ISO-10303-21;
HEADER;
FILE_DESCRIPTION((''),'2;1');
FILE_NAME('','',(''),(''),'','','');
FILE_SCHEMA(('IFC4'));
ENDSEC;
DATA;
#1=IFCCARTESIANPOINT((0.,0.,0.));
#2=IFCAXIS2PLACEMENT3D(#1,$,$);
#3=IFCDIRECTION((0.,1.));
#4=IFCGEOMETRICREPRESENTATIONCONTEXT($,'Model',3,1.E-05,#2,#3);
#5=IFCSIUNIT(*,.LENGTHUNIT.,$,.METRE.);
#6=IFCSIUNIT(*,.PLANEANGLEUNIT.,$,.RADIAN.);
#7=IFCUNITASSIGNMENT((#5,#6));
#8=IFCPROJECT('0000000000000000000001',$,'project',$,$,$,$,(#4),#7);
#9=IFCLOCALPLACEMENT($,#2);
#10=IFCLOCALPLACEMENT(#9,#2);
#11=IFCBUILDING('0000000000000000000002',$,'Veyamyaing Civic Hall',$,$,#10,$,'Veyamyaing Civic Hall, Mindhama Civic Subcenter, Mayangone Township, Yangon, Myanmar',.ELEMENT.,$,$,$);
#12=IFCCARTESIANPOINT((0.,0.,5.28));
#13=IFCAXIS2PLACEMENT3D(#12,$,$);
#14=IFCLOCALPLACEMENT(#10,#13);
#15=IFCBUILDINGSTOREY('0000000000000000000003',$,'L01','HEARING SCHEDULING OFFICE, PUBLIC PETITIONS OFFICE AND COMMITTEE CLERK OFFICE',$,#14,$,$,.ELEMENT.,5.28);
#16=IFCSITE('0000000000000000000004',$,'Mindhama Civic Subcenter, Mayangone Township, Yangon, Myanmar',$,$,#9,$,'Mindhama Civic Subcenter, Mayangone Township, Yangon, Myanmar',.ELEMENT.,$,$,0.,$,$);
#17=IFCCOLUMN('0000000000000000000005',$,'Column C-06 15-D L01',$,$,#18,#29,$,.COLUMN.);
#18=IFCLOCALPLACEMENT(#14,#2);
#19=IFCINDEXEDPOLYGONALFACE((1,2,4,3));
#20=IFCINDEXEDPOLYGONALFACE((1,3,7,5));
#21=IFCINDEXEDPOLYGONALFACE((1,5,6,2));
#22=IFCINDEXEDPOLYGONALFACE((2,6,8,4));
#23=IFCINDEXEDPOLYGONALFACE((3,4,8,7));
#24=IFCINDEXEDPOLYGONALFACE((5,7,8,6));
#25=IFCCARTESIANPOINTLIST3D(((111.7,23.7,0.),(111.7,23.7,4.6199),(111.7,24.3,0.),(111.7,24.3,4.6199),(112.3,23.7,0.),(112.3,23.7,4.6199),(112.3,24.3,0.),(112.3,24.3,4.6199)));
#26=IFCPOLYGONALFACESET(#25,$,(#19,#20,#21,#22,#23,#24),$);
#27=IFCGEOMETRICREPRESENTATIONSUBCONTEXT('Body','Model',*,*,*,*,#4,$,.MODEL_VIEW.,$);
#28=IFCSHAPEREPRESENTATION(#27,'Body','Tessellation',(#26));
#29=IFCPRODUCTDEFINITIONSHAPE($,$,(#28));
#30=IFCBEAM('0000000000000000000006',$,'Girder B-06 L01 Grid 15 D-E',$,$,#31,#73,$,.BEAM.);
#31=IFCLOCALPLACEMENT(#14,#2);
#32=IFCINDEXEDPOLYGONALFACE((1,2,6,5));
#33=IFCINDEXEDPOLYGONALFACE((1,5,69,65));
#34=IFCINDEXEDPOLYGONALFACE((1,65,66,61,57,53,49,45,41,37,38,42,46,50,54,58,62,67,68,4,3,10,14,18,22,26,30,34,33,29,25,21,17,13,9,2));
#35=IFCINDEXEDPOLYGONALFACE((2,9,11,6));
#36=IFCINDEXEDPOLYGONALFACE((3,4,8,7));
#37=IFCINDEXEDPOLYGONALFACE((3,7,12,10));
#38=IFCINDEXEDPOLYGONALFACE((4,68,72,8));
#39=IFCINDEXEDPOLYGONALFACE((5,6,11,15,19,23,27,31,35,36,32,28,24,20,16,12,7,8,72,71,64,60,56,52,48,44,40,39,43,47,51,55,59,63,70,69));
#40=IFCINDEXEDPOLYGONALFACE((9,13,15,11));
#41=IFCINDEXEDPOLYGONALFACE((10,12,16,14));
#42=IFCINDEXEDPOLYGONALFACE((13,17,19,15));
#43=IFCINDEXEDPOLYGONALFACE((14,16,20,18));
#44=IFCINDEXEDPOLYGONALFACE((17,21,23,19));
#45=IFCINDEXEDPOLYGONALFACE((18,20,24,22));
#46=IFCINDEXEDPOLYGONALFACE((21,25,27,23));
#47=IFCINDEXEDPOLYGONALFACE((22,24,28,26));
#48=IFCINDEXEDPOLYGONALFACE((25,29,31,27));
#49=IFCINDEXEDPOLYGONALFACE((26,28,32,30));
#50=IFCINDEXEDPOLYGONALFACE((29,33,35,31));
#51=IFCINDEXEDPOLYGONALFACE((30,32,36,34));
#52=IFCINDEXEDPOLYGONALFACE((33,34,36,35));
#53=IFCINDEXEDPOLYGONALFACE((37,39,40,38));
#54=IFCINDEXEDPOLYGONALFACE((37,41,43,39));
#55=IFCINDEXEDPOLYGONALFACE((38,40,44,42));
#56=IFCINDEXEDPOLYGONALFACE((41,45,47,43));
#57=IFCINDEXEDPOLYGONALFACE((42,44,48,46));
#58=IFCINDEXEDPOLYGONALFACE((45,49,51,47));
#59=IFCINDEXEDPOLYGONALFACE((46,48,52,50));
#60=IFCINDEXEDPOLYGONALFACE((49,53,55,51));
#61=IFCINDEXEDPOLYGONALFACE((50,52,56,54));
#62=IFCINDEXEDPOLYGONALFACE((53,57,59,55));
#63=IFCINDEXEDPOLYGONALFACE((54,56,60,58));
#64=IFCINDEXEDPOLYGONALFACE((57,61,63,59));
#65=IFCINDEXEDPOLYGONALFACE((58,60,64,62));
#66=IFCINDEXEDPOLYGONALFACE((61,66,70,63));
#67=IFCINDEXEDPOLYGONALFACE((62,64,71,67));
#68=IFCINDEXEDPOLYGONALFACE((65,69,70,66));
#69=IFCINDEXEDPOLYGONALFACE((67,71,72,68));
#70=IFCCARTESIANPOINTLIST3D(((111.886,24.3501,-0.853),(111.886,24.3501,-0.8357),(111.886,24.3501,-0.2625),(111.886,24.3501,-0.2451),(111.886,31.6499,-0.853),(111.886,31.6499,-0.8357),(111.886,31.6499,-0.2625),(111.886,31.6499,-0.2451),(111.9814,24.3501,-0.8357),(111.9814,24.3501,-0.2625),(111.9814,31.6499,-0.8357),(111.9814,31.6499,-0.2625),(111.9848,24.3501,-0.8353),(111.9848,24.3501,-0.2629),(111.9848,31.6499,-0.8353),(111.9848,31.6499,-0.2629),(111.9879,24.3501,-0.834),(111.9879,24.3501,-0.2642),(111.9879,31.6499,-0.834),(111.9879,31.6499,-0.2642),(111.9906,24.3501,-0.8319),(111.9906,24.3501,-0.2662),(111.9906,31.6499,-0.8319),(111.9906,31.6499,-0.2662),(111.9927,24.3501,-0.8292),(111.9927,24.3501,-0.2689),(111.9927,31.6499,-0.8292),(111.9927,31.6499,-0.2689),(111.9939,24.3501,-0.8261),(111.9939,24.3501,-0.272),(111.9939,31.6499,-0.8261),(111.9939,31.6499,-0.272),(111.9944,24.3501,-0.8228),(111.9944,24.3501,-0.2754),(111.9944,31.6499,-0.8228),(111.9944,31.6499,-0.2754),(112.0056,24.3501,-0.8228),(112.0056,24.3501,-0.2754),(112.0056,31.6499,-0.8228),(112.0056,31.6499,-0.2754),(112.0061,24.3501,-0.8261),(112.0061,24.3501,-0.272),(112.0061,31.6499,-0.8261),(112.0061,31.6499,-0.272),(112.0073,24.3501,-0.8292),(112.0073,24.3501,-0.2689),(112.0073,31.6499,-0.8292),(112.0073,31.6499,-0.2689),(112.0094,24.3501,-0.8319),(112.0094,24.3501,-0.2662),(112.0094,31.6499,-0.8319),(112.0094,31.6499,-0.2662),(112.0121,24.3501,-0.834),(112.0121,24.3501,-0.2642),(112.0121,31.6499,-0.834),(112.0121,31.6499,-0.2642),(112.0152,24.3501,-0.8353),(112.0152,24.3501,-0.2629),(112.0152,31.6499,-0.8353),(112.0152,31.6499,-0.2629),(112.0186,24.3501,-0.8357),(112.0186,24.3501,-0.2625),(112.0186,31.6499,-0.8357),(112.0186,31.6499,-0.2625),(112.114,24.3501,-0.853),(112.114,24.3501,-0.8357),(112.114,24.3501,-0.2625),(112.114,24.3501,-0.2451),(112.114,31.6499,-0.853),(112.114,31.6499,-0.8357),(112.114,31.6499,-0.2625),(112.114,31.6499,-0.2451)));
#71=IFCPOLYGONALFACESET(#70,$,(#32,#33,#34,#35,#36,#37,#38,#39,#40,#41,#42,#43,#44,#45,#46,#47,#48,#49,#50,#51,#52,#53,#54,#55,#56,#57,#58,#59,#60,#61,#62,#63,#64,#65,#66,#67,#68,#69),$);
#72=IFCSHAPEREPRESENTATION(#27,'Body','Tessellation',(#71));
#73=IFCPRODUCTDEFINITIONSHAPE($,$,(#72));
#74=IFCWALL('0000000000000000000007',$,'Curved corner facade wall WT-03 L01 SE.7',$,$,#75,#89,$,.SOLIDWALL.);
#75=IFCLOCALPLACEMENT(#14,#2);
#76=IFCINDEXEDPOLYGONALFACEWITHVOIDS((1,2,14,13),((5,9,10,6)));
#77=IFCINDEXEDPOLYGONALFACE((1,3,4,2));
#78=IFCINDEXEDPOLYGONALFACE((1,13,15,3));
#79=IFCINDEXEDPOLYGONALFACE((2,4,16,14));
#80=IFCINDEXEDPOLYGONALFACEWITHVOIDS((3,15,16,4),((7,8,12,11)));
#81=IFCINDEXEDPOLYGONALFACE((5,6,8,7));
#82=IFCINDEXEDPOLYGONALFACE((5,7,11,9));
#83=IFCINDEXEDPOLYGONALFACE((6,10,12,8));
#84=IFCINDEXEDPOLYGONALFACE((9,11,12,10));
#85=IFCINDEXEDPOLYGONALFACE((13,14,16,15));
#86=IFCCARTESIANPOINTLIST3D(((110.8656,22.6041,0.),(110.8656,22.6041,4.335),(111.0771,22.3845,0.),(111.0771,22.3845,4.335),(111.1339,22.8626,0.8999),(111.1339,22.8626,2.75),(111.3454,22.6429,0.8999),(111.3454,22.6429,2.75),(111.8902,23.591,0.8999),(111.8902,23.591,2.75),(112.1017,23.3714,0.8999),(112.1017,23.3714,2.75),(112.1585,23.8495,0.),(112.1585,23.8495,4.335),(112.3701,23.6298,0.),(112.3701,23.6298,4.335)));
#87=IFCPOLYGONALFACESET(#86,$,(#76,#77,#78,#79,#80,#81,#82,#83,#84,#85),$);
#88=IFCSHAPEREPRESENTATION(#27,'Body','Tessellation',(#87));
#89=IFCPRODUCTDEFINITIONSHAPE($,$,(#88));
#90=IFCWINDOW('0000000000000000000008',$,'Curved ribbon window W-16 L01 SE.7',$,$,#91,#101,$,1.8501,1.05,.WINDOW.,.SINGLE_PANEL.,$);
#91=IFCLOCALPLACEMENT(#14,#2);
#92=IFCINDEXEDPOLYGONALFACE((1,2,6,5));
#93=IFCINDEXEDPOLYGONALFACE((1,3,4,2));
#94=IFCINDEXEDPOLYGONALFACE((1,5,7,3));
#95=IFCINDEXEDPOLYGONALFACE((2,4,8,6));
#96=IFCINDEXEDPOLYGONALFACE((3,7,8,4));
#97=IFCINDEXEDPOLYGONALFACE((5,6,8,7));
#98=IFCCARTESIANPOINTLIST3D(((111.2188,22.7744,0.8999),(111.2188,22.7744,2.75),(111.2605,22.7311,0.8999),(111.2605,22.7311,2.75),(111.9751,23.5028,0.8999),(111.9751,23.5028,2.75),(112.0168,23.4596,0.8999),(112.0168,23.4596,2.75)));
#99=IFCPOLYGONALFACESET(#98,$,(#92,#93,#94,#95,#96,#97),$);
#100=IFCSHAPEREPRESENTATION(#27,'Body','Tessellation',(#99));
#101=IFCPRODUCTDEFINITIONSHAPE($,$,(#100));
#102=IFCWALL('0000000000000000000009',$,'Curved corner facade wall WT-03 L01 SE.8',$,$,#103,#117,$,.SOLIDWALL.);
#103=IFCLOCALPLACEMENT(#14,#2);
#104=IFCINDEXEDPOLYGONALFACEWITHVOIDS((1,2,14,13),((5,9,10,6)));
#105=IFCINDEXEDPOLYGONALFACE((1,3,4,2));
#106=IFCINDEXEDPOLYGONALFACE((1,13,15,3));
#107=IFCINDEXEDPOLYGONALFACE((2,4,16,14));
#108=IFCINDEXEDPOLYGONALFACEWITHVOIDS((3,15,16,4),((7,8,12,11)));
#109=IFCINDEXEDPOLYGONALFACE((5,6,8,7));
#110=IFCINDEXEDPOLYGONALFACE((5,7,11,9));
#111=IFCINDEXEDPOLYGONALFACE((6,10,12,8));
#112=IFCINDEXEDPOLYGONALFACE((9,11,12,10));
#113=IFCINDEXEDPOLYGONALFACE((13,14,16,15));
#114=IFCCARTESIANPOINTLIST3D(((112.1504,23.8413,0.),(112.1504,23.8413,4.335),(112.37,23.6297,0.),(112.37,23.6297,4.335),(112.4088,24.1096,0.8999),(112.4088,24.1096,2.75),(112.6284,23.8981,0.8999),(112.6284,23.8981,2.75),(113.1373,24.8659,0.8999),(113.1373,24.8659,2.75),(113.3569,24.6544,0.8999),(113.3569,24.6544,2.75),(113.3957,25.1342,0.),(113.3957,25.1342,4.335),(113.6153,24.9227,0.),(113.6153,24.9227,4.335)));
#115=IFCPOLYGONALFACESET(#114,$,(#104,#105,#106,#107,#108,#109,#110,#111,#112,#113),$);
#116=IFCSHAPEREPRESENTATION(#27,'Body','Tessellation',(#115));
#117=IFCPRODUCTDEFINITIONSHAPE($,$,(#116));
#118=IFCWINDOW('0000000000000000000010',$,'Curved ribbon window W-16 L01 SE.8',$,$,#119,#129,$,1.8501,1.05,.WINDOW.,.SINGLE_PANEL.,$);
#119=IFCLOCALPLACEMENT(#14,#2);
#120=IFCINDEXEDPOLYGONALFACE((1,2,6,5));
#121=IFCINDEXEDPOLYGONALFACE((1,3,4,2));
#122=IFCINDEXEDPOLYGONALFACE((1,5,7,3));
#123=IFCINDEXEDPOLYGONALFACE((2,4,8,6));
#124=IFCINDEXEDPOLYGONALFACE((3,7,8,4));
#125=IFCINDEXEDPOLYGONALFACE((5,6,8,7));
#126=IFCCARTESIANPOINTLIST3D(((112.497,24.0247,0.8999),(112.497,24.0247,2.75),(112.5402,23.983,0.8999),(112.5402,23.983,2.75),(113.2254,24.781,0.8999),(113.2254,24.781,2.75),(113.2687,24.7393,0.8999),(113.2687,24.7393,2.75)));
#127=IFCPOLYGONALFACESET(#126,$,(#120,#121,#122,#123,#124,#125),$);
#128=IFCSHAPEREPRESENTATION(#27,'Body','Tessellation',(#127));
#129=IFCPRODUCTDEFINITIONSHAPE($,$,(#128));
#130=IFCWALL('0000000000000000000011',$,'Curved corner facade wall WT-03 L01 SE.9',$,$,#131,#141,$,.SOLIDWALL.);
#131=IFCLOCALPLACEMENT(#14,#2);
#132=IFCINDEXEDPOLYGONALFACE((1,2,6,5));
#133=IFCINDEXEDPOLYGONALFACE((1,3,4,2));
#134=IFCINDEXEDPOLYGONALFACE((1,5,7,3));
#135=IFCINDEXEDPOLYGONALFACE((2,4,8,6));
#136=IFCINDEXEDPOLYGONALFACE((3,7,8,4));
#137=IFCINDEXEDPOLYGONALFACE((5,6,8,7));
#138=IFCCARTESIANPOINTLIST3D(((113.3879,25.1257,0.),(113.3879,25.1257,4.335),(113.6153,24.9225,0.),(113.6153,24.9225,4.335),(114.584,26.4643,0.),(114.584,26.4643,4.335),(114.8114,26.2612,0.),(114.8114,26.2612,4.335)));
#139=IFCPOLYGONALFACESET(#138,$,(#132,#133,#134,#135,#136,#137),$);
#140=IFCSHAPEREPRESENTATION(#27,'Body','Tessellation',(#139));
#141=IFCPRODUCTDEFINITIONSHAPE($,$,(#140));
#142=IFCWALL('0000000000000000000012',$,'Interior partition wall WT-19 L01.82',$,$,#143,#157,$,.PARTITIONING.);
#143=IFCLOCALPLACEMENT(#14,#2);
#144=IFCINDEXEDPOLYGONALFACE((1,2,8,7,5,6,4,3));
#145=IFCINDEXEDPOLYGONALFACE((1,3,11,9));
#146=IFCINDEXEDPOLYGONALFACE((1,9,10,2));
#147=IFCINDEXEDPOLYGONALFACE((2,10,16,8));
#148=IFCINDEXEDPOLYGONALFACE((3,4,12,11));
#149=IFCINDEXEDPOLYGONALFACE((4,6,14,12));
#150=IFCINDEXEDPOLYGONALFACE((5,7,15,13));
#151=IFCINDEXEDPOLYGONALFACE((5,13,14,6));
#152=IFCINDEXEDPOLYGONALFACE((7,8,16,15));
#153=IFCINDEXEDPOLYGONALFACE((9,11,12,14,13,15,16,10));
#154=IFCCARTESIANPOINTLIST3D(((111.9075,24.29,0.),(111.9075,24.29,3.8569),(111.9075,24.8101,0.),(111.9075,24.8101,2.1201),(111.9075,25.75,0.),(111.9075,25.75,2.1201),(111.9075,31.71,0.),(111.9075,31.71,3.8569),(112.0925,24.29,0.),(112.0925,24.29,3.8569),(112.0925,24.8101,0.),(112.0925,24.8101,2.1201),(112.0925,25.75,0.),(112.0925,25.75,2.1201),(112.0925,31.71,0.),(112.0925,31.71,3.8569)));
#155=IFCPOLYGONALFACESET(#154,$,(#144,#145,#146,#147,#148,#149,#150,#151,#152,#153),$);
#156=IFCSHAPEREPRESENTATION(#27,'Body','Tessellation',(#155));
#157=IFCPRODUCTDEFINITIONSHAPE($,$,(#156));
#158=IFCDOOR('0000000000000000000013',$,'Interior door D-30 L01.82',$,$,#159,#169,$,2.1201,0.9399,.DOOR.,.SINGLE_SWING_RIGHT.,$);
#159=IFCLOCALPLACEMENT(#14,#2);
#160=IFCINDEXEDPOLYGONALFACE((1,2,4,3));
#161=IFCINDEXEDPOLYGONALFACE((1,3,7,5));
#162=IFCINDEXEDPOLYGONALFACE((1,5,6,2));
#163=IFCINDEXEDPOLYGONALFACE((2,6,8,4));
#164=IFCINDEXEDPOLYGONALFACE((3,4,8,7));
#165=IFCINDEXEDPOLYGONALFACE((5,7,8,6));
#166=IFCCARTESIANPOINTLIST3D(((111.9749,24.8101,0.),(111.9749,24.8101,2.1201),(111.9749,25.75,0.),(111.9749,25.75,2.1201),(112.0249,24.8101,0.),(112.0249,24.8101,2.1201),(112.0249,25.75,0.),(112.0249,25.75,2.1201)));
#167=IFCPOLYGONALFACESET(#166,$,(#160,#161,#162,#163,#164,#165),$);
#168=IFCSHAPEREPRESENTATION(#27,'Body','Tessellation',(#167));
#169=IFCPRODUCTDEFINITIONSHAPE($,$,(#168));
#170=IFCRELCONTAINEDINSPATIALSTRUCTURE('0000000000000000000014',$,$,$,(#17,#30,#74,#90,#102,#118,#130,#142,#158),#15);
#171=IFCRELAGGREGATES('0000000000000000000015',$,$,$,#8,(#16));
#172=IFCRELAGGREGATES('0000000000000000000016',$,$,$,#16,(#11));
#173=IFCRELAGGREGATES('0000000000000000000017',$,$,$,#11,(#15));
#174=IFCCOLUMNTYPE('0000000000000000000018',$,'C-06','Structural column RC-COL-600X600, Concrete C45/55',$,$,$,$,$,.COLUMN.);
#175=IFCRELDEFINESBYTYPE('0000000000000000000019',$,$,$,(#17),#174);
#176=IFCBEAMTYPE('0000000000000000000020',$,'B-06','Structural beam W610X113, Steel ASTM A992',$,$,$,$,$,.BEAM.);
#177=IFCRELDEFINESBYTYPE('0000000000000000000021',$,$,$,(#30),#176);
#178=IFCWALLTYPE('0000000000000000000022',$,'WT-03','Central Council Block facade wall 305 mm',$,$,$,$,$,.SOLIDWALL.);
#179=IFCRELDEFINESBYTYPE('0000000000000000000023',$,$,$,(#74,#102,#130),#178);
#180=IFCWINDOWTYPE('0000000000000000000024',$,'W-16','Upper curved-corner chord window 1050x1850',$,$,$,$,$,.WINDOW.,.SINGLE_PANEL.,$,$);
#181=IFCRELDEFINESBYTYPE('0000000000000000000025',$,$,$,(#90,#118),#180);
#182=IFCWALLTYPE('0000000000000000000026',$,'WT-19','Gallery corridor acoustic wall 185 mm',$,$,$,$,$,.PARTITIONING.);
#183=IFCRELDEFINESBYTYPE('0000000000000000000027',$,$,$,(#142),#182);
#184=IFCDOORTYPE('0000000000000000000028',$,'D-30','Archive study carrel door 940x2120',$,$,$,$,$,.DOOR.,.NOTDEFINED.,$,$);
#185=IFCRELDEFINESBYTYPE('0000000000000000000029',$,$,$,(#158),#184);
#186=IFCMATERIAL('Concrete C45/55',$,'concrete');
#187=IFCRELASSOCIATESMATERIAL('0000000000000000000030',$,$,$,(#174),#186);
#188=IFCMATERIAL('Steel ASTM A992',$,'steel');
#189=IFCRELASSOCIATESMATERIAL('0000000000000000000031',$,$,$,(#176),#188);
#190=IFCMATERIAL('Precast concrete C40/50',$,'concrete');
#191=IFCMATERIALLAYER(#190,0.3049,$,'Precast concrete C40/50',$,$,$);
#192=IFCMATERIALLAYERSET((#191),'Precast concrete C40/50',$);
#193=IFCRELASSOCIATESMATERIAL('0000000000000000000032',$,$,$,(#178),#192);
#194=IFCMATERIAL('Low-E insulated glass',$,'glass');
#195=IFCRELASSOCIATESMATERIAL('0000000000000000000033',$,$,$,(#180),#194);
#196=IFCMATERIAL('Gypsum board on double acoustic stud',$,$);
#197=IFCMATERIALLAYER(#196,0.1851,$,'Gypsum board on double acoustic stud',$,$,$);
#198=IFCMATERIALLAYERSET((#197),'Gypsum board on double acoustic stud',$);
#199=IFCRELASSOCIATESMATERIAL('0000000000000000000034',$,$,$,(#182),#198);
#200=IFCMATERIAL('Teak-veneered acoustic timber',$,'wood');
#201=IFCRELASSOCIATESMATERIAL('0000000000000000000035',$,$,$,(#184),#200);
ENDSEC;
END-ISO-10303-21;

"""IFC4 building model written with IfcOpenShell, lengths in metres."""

from ifc_helpers import new_model, si_unit, direction, frame, frame_2d, origin, origin_2d, place, context, subcontext, project, spatial, rectangle, i_section, extrude, material, layer, layer_set, material_profile, profile_set, type_object, element, fill, save


model = new_model("IFC4")

# Units and contexts
model_context = context("Model", 3, precision=1e-05, world=origin(), true_north=direction((0.0, 1.0)))
body_context = subcontext(model_context, "Body", "Model", "MODEL_VIEW")
ifc_project = project(units=[si_unit("LENGTHUNIT", "METRE"), si_unit("PLANEANGLEUNIT", "RADIAN")], contexts=[model_context])

# Site, building, storey
site_placement = place(None, origin())
site = spatial("IfcSite", under=ifc_project, at=site_placement, Name="Mindhama Civic Subcenter, Mayangone Township, Yangon, Myanmar", LongName="Mindhama Civic Subcenter, Mayangone Township, Yangon, Myanmar", CompositionType="ELEMENT", RefElevation=0.0)
building_placement = place(site_placement, origin())
building = spatial("IfcBuilding", under=site, at=building_placement, Name="Veyamyaing Civic Hall", LongName="Veyamyaing Civic Hall, Mindhama Civic Subcenter, Mayangone Township, Yangon, Myanmar", CompositionType="ELEMENT")
storey_placement = place(building_placement, frame((0.0, 0.0, 5.28)))
storey = spatial("IfcBuildingStorey", under=building, at=storey_placement, Name="L01", Description="HEARING SCHEDULING OFFICE, PUBLIC PETITIONS OFFICE AND COMMITTEE CLERK OFFICE", CompositionType="ELEMENT", Elevation=5.28)

# Column
ifc_material_1 = material(Name="Concrete C45/55", Category="concrete")
ifc_material_profile_1 = material_profile(ifc_material_1, rectangle(XDim=0.6001, YDim=0.6001, at=origin_2d()), Name="RC-COL-600X600")
ifc_profile_set_1 = profile_set([ifc_material_profile_1], Name="Concrete C45/55")
column_type = type_object("IfcColumnType", Name="C-06", Description="Structural column RC-COL-600X600, Concrete C45/55", PredefinedType="COLUMN", material=ifc_profile_set_1)
column_placement = place(storey_placement, frame((112.0, 24.0, 0.0), z_axis=(0.0, 0.0, 1.0), x_axis=(1.0, 0.0, 0.0)))
element("IfcColumn", 1, at=column_placement, inside=storey, type_object=column_type, Name="Column C-06 15-D L01", PredefinedType="COLUMN", context=body_context, shape_type="SweptSolid", body=[
    extrude(rectangle(XDim=0.6001, YDim=0.6001, at=origin_2d()), origin(), (0.0, 0.0, 1.0), 4.6199),
])

# Beam
ifc_material_2 = material(Name="Steel ASTM A992", Category="steel")
ifc_material_profile_2 = material_profile(ifc_material_2, i_section(OverallWidth=0.228, OverallDepth=0.6079, WebThickness=0.0112, FlangeThickness=0.0173, FilletRadius=0.0129, at=origin_2d()), Name="W610X113")
ifc_profile_set_2 = profile_set([ifc_material_profile_2], Name="Steel ASTM A992")
beam_type = type_object("IfcBeamType", Name="B-06", Description="Structural beam W610X113, Steel ASTM A992", PredefinedType="BEAM", material=ifc_profile_set_2)
beam_placement = place(storey_placement, frame((112.0, 24.3501, -0.5491), z_axis=(0.0, 1.0, 0.0), x_axis=(-1.0, 0.0, 0.0)))
element("IfcBeam", 2, at=beam_placement, inside=storey, type_object=beam_type, Name="Girder B-06 L01 Grid 15 D-E", PredefinedType="BEAM", context=body_context, shape_type="SweptSolid", body=[
    extrude(i_section(OverallWidth=0.228, OverallDepth=0.6079, WebThickness=0.0112, FlangeThickness=0.0173, FilletRadius=0.0129, at=origin_2d()), origin(), (0.0, 0.0, 1.0), 7.2998),
])

# Walls, openings, windows
ifc_material_3 = material(Name="Precast concrete C40/50", Category="concrete")
ifc_layer_1 = layer(ifc_material_3, 0.3049, Name="Precast concrete C40/50")
ifc_layer_set_1 = layer_set([ifc_layer_1], Name="Precast concrete C40/50")
wall_type_1 = type_object("IfcWallType", Name="WT-03", Description="Central Council Block facade wall 305 mm", PredefinedType="SOLIDWALL", material=ifc_layer_set_1)
wall_1_placement = place(storey_placement, frame((110.9714, 22.4944, 0.0), z_axis=(0.0, 0.0, 1.0), x_axis=(0.720242, 0.693723, 0.0)))
wall_1 = element("IfcWall", 3, at=wall_1_placement, inside=storey, type_object=wall_type_1, Name="Curved corner facade wall WT-03 L01 SE.7", PredefinedType="SOLIDWALL", context=body_context, shape_type="SweptSolid", body=[
    extrude(rectangle(XDim=1.7952, YDim=0.3049, at=frame_2d((0.8975, 0.0))), origin(), (0.0, 0.0, 1.0), 4.335),
])
opening_1_placement = place(wall_1_placement, frame((0.3726, 0.0, 0.8999)))
opening_1 = element("IfcOpeningElement", 4, at=opening_1_placement, cuts=wall_1, PredefinedType="OPENING", context=body_context, shape_type="SweptSolid", body=[
    extrude(rectangle(XDim=1.05, YDim=1.8501, at=frame_2d((0.5249, 0.925))), frame((0.0, 0.1624, 0.0), z_axis=(0.0, -1.0, 0.0), x_axis=(1.0, 0.0, 0.0)), (0.0, 0.0, 1.0), 0.325),
])
ifc_material_4 = material(Name="Low-E insulated glass", Category="glass")
window_type = type_object("IfcWindowType", Name="W-16", Description="Upper curved-corner chord window 1050x1850", PartitioningType="SINGLE_PANEL", PredefinedType="WINDOW", material=ifc_material_4)
window_1_placement = place(opening_1_placement, origin())
window_1 = element("IfcWindow", 5, at=window_1_placement, inside=storey, type_object=window_type, Name="Curved ribbon window W-16 L01 SE.7", OverallHeight=1.8501, OverallWidth=1.05, PartitioningType="SINGLE_PANEL", PredefinedType="WINDOW", context=body_context, shape_type="SweptSolid", body=[
    extrude(rectangle(XDim=1.05, YDim=1.8501, at=frame_2d((0.5249, 0.925))), frame((0.0, 0.03, 0.0), z_axis=(0.0, -1.0, 0.0), x_axis=(1.0, 0.0, 0.0)), (0.0, 0.0, 1.0), 0.0601),
])
fill(opening_1, window_1)
wall_2_placement = place(storey_placement, frame((112.2603, 23.7356, 0.0), z_axis=(0.0, 0.0, 1.0), x_axis=(0.693723, 0.720242, 0.0)))
wall_2 = element("IfcWall", 6, at=wall_2_placement, inside=storey, type_object=wall_type_1, Name="Curved corner facade wall WT-03 L01 SE.8", PredefinedType="SOLIDWALL", context=body_context, shape_type="SweptSolid", body=[
    extrude(rectangle(XDim=1.7952, YDim=0.3049, at=frame_2d((0.8975, 0.0))), origin(), (0.0, 0.0, 1.0), 4.335),
])
opening_2_placement = place(wall_2_placement, frame((0.3726, 0.0, 0.8999)))
opening_2 = element("IfcOpeningElement", 7, at=opening_2_placement, cuts=wall_2, PredefinedType="OPENING", context=body_context, shape_type="SweptSolid", body=[
    extrude(rectangle(XDim=1.05, YDim=1.8501, at=frame_2d((0.5249, 0.925))), frame((0.0, 0.1624, 0.0), z_axis=(0.0, -1.0, 0.0), x_axis=(1.0, 0.0, 0.0)), (0.0, 0.0, 1.0), 0.325),
])
window_2_placement = place(opening_2_placement, origin())
window_2 = element("IfcWindow", 8, at=window_2_placement, inside=storey, type_object=window_type, Name="Curved ribbon window W-16 L01 SE.8", OverallHeight=1.8501, OverallWidth=1.05, PartitioningType="SINGLE_PANEL", PredefinedType="WINDOW", context=body_context, shape_type="SweptSolid", body=[
    extrude(rectangle(XDim=1.05, YDim=1.8501, at=frame_2d((0.5249, 0.925))), frame((0.0, 0.03, 0.0), z_axis=(0.0, -1.0, 0.0), x_axis=(1.0, 0.0, 0.0)), (0.0, 0.0, 1.0), 0.0601),
])
fill(opening_2, window_2)

# Wall
wall_3_placement = place(storey_placement, frame((113.5017, 25.0242, 0.0), z_axis=(0.0, 0.0, 1.0), x_axis=(0.666278, 0.745704, 0.0)))
element("IfcWall", 9, at=wall_3_placement, inside=storey, type_object=wall_type_1, Name="Curved corner facade wall WT-03 L01 SE.9", PredefinedType="SOLIDWALL", context=body_context, shape_type="SweptSolid", body=[
    extrude(rectangle(XDim=1.7952, YDim=0.3049, at=frame_2d((0.8975, 0.0))), origin(), (0.0, 0.0, 1.0), 4.335),
])

# Wall, opening, door
ifc_material_5 = material(Name="Gypsum board on double acoustic stud")
ifc_layer_2 = layer(ifc_material_5, 0.1851, Name="Gypsum board on double acoustic stud")
ifc_layer_set_2 = layer_set([ifc_layer_2], Name="Gypsum board on double acoustic stud")
wall_type_2 = type_object("IfcWallType", Name="WT-19", Description="Gallery corridor acoustic wall 185 mm", PredefinedType="PARTITIONING", material=ifc_layer_set_2)
wall_4_placement = place(storey_placement, frame((112.0, 24.29, 0.0), z_axis=(0.0, 0.0, 1.0), x_axis=(0.0, 1.0, 0.0)))
wall_4 = element("IfcWall", 10, at=wall_4_placement, inside=storey, type_object=wall_type_2, Name="Interior partition wall WT-19 L01.82", PredefinedType="PARTITIONING", context=body_context, shape_type="SweptSolid", body=[
    extrude(rectangle(XDim=7.4199, YDim=0.1851, at=frame_2d((3.71, 0.0))), origin(), (0.0, 0.0, 1.0), 3.8569),
])
opening_3_placement = place(wall_4_placement, frame((0.52, 0.0, 0.0)))
opening_3 = element("IfcOpeningElement", 11, at=opening_3_placement, cuts=wall_4, PredefinedType="OPENING", context=body_context, shape_type="SweptSolid", body=[
    extrude(rectangle(XDim=0.9399, YDim=2.1201, at=frame_2d((0.47, 1.0601))), frame((0.0, 0.1025, 0.0), z_axis=(0.0, -1.0, 0.0), x_axis=(1.0, 0.0, 0.0)), (0.0, 0.0, 1.0), 0.2051),
])
ifc_material_6 = material(Name="Teak-veneered acoustic timber", Category="wood")
door_type = type_object("IfcDoorType", Name="D-30", Description="Archive study carrel door 940x2120", OperationType="NOTDEFINED", PredefinedType="DOOR", material=ifc_material_6)
door_placement = place(opening_3_placement, frame((0.9399, 0.0, 0.0), z_axis=(0.0, 0.0, 1.0), x_axis=(-1.0, 0.0, 0.0)))
door = element("IfcDoor", 12, at=door_placement, inside=storey, type_object=door_type, Name="Interior door D-30 L01.82", OperationType="SINGLE_SWING_RIGHT", OverallHeight=2.1201, OverallWidth=0.9399, PredefinedType="DOOR", context=body_context, shape_type="SweptSolid", body=[
    extrude(rectangle(XDim=0.9399, YDim=2.1201, at=frame_2d((0.47, 1.0601))), frame((0.0, 0.0249, 0.0), z_axis=(0.0, -1.0, 0.0), x_axis=(1.0, 0.0, 0.0)), (0.0, 0.0, 1.0), 0.05),
])
fill(opening_3, door)

save(model, "model.ifc")
